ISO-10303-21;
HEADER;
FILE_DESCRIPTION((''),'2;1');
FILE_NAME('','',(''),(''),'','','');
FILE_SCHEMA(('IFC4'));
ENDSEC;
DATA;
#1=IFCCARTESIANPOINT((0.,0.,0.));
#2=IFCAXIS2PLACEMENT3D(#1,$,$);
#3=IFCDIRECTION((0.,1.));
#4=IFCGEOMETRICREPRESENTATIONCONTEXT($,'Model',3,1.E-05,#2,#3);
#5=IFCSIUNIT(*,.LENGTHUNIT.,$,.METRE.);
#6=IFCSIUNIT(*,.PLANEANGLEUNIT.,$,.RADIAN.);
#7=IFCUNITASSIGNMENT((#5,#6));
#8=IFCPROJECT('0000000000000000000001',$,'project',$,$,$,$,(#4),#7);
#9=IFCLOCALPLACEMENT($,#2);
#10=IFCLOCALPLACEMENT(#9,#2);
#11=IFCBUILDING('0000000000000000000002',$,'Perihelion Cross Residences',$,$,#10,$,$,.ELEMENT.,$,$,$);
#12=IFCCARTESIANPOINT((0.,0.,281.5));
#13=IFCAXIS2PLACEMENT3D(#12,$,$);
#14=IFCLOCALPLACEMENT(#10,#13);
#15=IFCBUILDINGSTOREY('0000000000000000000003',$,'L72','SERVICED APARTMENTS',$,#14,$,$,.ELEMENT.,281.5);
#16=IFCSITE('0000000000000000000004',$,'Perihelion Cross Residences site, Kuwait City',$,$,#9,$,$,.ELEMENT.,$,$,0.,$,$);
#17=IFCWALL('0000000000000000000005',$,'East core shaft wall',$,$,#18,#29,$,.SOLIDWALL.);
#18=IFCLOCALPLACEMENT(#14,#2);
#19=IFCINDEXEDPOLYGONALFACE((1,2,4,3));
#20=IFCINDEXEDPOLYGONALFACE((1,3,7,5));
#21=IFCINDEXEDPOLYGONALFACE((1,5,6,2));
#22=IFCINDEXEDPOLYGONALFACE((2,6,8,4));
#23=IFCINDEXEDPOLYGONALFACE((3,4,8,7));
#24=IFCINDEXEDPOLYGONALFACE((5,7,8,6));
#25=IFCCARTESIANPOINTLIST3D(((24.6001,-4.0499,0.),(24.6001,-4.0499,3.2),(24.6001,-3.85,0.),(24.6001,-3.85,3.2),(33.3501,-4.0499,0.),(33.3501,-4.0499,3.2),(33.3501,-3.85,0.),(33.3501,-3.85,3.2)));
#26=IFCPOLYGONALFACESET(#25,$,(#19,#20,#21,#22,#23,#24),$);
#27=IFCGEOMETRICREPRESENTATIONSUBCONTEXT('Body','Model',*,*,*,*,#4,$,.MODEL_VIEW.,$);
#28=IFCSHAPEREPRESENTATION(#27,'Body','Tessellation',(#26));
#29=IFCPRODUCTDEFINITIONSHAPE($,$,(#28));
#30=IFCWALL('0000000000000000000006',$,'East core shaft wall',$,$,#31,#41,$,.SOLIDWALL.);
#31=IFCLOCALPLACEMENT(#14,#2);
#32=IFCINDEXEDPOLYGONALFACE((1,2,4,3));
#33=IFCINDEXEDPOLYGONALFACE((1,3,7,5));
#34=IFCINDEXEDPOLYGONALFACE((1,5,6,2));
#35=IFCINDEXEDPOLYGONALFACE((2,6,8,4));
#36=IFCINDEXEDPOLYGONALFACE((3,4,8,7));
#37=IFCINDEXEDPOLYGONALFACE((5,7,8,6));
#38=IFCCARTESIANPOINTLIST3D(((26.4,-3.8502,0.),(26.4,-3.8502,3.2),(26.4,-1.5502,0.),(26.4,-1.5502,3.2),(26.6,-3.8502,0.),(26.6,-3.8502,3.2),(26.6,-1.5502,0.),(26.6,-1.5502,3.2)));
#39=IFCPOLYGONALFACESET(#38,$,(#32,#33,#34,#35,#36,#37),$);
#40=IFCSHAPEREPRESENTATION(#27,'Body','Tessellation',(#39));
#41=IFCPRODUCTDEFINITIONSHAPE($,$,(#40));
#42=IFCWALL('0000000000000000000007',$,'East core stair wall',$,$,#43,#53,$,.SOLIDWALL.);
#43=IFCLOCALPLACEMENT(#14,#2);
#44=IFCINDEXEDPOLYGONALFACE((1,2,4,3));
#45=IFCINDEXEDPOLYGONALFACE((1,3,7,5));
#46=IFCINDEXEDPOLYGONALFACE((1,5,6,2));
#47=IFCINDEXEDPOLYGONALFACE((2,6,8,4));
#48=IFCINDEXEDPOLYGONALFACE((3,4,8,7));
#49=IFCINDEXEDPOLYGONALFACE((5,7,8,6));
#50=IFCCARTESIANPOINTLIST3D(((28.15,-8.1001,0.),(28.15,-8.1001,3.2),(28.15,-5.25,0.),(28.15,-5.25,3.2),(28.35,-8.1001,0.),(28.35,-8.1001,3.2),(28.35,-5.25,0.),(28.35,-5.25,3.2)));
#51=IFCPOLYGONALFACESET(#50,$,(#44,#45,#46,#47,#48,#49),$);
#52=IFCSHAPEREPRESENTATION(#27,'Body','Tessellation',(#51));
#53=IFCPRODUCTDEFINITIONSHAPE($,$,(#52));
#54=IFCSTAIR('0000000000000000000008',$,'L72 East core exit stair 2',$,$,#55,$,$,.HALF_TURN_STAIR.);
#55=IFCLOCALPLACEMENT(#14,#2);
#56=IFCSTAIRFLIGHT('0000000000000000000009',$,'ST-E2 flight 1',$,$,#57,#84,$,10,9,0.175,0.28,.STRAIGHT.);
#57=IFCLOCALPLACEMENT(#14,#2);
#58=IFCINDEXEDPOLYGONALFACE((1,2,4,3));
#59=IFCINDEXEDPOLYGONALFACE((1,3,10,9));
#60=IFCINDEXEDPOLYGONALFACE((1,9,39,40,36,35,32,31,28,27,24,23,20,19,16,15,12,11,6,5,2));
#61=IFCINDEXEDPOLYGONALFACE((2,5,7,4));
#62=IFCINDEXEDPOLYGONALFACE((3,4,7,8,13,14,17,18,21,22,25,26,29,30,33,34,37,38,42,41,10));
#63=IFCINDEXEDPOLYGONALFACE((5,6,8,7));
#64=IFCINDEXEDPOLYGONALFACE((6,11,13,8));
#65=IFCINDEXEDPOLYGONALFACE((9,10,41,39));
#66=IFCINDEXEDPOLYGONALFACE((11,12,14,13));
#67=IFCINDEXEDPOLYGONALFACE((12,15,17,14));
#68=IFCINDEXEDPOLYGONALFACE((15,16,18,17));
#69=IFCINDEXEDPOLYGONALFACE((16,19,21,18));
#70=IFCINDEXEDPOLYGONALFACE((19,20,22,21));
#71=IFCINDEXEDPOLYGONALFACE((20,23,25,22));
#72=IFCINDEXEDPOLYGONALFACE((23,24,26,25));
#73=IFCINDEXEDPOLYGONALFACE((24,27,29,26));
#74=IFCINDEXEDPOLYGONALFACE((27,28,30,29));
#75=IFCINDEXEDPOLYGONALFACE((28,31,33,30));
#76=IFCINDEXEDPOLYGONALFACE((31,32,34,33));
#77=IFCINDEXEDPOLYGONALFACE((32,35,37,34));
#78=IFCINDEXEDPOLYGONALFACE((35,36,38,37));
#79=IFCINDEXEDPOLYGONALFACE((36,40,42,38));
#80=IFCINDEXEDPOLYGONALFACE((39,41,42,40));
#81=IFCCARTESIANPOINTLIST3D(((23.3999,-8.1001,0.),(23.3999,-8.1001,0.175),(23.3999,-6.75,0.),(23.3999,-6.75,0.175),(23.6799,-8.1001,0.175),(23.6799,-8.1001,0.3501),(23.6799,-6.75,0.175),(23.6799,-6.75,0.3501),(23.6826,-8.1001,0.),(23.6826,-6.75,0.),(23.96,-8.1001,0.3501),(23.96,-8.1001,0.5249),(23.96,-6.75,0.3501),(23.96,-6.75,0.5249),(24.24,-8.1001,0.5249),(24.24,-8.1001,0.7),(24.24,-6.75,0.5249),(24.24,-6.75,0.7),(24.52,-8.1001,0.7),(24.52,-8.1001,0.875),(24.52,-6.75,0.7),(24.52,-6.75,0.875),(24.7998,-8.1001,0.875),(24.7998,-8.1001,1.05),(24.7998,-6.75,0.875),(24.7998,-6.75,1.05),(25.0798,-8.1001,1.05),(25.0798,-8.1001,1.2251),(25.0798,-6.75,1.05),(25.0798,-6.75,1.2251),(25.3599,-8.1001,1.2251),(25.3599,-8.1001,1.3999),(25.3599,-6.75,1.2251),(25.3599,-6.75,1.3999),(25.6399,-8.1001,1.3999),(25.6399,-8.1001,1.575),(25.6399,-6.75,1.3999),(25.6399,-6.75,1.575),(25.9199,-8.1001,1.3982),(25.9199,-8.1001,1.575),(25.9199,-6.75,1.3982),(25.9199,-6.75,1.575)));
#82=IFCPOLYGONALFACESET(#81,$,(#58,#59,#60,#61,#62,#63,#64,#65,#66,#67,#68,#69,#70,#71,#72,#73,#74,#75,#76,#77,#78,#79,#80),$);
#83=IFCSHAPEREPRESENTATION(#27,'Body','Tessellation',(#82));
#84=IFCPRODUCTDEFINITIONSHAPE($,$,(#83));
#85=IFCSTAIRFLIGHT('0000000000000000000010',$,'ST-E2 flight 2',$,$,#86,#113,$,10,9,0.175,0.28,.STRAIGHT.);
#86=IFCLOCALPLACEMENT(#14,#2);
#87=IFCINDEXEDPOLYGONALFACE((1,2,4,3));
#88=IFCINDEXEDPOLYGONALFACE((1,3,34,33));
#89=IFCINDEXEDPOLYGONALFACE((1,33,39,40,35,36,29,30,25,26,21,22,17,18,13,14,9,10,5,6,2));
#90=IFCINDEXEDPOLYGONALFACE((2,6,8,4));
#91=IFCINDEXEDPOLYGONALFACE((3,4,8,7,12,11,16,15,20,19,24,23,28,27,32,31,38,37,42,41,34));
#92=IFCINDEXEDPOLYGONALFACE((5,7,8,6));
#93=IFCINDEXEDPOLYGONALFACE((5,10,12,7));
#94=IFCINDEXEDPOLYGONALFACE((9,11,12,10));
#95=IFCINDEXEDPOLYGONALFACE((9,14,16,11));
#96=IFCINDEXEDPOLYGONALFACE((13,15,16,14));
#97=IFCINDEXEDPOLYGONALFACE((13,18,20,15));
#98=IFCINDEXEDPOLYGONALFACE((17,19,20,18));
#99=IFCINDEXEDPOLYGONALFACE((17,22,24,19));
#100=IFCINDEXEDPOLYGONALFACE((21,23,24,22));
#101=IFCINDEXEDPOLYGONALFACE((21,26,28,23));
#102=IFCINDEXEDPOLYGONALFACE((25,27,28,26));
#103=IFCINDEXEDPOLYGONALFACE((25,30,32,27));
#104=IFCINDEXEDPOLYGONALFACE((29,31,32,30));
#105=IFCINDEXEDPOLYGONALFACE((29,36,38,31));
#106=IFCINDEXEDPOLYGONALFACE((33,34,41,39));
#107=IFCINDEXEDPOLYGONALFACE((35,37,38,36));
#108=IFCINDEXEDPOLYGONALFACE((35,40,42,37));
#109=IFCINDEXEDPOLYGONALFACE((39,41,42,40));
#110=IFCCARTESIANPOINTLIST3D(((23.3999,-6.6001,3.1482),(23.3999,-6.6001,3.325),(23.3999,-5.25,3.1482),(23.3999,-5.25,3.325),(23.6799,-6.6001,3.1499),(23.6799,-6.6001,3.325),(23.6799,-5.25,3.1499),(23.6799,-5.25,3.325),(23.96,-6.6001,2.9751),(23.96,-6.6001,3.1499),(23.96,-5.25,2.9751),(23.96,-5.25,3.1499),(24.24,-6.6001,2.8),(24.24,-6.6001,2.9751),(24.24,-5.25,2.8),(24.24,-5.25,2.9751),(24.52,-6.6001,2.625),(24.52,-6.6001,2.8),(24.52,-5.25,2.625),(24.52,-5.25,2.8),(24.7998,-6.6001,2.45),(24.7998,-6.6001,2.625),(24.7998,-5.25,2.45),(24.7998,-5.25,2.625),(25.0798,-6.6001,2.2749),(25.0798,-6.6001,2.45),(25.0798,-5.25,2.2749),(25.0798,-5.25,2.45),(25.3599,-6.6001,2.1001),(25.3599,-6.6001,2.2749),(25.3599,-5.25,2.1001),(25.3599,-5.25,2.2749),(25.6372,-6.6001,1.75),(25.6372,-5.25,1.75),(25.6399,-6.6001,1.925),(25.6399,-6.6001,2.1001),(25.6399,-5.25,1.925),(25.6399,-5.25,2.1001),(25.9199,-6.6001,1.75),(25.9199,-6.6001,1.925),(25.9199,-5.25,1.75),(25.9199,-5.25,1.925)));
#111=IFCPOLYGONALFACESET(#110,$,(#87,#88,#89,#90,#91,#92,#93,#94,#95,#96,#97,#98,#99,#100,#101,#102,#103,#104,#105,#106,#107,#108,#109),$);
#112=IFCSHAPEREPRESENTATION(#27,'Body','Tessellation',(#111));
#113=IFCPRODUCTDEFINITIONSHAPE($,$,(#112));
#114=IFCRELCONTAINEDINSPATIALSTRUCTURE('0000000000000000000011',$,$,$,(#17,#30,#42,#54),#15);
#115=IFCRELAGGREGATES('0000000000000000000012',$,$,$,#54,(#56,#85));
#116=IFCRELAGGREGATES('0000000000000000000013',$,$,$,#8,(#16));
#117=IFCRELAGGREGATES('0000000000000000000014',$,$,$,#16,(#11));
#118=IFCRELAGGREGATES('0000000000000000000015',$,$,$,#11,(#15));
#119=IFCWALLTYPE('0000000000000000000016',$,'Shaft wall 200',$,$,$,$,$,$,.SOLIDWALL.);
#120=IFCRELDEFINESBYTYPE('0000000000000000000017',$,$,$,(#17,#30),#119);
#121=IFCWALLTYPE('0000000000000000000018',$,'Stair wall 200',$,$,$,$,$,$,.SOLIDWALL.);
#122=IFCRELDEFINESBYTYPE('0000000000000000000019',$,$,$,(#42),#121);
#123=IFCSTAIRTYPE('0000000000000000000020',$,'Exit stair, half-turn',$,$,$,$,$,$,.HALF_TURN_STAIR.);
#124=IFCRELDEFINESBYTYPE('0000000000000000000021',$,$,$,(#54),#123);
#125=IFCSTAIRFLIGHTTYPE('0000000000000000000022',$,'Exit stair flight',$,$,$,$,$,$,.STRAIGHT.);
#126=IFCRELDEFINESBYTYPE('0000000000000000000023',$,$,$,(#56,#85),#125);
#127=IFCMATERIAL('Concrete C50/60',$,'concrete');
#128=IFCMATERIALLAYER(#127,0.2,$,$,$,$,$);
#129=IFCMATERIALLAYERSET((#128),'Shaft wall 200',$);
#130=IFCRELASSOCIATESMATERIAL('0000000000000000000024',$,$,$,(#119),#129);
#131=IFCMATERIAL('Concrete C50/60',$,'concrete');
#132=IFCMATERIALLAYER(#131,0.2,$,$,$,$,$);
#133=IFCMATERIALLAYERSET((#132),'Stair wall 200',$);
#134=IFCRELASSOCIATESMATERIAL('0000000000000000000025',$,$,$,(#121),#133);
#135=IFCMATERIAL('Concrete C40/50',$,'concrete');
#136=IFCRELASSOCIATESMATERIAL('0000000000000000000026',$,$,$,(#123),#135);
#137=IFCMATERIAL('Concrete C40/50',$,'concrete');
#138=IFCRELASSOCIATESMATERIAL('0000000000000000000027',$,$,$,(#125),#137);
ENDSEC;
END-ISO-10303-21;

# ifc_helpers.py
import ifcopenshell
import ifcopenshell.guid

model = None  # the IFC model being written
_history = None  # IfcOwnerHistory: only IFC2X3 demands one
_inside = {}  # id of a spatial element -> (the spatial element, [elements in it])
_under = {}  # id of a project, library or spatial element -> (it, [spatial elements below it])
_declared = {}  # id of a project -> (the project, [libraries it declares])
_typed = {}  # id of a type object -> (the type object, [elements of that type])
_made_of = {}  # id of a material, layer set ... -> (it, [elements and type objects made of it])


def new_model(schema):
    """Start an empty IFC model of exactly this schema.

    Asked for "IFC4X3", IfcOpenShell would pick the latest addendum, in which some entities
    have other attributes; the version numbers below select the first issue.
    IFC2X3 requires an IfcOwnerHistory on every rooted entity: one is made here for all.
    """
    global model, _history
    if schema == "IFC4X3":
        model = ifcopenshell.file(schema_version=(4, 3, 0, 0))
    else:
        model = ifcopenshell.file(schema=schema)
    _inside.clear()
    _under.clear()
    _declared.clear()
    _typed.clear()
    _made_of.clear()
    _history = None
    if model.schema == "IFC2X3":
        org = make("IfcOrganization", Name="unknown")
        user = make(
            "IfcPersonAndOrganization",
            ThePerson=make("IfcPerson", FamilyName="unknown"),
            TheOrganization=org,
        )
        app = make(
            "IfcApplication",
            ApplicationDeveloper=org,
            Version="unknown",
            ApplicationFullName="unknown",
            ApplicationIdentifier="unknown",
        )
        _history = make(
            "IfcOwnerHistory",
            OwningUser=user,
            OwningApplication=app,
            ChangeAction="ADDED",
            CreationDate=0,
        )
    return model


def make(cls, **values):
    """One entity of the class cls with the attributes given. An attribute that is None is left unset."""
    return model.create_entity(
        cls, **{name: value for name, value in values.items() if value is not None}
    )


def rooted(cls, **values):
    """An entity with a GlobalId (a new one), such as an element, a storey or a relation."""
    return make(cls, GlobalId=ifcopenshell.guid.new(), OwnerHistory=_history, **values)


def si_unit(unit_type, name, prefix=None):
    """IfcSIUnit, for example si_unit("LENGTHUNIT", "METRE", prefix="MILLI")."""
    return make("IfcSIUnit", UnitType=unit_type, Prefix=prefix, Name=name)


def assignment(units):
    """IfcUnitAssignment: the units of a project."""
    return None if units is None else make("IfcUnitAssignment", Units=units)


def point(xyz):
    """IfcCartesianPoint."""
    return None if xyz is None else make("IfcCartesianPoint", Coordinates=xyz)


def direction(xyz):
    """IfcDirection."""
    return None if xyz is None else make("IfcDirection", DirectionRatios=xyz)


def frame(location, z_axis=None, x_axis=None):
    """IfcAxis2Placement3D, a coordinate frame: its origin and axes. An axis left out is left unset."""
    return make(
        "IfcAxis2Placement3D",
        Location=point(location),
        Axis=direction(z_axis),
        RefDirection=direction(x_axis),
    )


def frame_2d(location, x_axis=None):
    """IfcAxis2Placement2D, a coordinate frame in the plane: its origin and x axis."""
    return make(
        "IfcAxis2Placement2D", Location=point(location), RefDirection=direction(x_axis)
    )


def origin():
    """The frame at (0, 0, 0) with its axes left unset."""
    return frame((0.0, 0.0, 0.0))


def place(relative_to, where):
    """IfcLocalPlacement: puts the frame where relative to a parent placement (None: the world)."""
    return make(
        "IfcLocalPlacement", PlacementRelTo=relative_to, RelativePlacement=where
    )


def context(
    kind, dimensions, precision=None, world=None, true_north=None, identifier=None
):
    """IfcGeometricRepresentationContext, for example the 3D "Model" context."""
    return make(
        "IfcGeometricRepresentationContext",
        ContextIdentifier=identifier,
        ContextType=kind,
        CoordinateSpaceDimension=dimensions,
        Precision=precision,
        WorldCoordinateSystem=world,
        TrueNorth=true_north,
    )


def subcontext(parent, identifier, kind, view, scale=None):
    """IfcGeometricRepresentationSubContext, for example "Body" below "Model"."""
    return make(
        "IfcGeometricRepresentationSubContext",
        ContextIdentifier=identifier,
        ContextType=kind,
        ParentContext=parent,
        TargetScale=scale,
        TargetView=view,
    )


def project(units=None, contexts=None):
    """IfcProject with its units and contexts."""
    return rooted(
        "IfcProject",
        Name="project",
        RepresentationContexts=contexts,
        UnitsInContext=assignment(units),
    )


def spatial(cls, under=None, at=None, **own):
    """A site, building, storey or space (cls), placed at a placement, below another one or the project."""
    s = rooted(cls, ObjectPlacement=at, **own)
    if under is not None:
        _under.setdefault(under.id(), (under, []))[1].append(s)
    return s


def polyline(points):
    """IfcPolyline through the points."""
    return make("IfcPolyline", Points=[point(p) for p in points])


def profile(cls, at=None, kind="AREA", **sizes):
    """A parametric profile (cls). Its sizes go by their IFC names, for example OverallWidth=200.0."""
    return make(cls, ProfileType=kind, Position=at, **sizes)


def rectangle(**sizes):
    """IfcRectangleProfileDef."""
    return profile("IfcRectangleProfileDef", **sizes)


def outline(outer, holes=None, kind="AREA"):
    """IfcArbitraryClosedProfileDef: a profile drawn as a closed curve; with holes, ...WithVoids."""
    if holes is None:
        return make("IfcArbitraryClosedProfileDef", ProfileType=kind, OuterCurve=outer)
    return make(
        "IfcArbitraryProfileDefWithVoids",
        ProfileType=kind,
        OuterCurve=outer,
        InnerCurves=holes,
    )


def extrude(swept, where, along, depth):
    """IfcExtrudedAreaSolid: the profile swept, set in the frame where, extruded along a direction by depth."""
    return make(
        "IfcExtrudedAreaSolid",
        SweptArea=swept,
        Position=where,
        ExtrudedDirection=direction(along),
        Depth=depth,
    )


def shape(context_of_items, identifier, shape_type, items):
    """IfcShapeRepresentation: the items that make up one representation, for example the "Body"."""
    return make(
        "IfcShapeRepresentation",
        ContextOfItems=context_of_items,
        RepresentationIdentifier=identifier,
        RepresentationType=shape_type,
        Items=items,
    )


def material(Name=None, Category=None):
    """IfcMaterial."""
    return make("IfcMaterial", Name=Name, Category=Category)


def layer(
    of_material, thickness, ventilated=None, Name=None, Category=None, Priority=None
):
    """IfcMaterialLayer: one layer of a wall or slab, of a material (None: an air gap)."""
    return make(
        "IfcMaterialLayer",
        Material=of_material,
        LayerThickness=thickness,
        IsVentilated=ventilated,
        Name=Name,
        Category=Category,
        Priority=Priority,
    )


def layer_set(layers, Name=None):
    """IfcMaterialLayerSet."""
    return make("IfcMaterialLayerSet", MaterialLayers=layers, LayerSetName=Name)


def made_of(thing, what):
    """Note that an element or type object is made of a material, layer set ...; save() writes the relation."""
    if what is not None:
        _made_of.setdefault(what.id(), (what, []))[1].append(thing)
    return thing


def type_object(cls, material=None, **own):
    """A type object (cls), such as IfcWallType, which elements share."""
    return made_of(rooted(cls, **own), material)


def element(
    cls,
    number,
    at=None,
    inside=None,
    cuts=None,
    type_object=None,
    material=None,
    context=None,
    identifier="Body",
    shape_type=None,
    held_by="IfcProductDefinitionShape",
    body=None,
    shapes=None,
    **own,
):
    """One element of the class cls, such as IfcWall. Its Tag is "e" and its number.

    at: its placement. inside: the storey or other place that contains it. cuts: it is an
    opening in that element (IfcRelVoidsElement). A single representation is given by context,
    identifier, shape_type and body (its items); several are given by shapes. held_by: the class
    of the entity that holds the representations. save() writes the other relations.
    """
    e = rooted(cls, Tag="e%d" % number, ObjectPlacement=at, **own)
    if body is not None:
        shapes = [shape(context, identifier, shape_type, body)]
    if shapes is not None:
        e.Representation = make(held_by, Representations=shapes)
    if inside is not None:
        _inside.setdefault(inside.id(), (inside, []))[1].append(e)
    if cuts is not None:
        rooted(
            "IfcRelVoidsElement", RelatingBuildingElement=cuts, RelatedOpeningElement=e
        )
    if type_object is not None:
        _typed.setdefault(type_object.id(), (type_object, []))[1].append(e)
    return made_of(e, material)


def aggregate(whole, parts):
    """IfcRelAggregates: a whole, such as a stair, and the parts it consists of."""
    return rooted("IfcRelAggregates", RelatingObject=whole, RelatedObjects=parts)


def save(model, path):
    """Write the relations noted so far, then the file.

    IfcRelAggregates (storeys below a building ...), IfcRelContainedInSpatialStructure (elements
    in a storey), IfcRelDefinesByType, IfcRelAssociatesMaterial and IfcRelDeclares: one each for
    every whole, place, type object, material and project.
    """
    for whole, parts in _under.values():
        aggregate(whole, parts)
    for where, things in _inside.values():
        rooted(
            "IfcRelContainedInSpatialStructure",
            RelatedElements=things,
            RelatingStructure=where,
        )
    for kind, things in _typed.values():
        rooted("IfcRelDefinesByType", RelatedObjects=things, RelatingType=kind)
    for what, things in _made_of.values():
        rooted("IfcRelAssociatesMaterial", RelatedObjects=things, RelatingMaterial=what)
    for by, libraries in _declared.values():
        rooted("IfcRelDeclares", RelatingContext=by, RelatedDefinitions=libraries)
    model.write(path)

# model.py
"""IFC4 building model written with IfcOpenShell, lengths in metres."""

from ifc_helpers import new_model, si_unit, direction, frame, frame_2d, origin, place, context, subcontext, project, spatial, polyline, rectangle, outline, extrude, material, layer, layer_set, type_object, element, aggregate, save


model = new_model("IFC4")

# Units and contexts
model_context = context("Model", 3, precision=1e-05, world=origin(), true_north=direction((0.0, 1.0)))
body_context = subcontext(model_context, "Body", "Model", "MODEL_VIEW")
ifc_project = project(units=[si_unit("LENGTHUNIT", "METRE"), si_unit("PLANEANGLEUNIT", "RADIAN")], contexts=[model_context])

# Site, building, storey
site_placement = place(None, origin())
site = spatial("IfcSite", under=ifc_project, at=site_placement, Name="Perihelion Cross Residences site, Kuwait City", CompositionType="ELEMENT", RefElevation=0.0)
building_placement = place(site_placement, origin())
building = spatial("IfcBuilding", under=site, at=building_placement, Name="Perihelion Cross Residences", CompositionType="ELEMENT")
storey_placement = place(building_placement, frame((0.0, 0.0, 281.5)))
storey = spatial("IfcBuildingStorey", under=building, at=storey_placement, Name="L72", Description="SERVICED APARTMENTS", CompositionType="ELEMENT", Elevation=281.5)

# Walls
ifc_material_1 = material(Name="Concrete C50/60", Category="concrete")
ifc_layer_1 = layer(ifc_material_1, 0.2)
ifc_layer_set_1 = layer_set([ifc_layer_1], Name="Shaft wall 200")
wall_type_1 = type_object("IfcWallType", Name="Shaft wall 200", PredefinedType="SOLIDWALL", material=ifc_layer_set_1)
wall_1_placement = place(storey_placement, frame((24.6001, -3.95, 0.0), z_axis=(0.0, 0.0, 1.0), x_axis=(1.0, 0.0, 0.0)))
element("IfcWall", 1, at=wall_1_placement, inside=storey, type_object=wall_type_1, Name="East core shaft wall", PredefinedType="SOLIDWALL", context=body_context, shape_type="SweptSolid", body=[
    extrude(rectangle(XDim=8.75, YDim=0.2, at=frame_2d((4.375, 0.0))), origin(), (0.0, 0.0, 1.0), 3.2),
])
wall_2_placement = place(storey_placement, frame((26.5, -3.8501, 0.0), z_axis=(0.0, 0.0, 1.0), x_axis=(0.0, 1.0, 0.0)))
element("IfcWall", 2, at=wall_2_placement, inside=storey, type_object=wall_type_1, Name="East core shaft wall", PredefinedType="SOLIDWALL", context=body_context, shape_type="SweptSolid", body=[
    extrude(rectangle(XDim=2.3, YDim=0.2, at=frame_2d((1.1499, 0.0))), origin(), (0.0, 0.0, 1.0), 3.2),
])
ifc_material_2 = material(Name="Concrete C50/60", Category="concrete")
ifc_layer_2 = layer(ifc_material_2, 0.2)
ifc_layer_set_2 = layer_set([ifc_layer_2], Name="Stair wall 200")
wall_type_2 = type_object("IfcWallType", Name="Stair wall 200", PredefinedType="SOLIDWALL", material=ifc_layer_set_2)
wall_3_placement = place(storey_placement, frame((28.25, -8.1001, 0.0), z_axis=(0.0, 0.0, 1.0), x_axis=(0.0, 1.0, 0.0)))
element("IfcWall", 3, at=wall_3_placement, inside=storey, type_object=wall_type_2, Name="East core stair wall", PredefinedType="SOLIDWALL", context=body_context, shape_type="SweptSolid", body=[
    extrude(rectangle(XDim=2.8501, YDim=0.2, at=frame_2d((1.425, 0.0))), origin(), (0.0, 0.0, 1.0), 3.2),
])

# Stair, stair flights
ifc_material_3 = material(Name="Concrete C40/50", Category="concrete")
stair_type = type_object("IfcStairType", Name="Exit stair, half-turn", PredefinedType="HALF_TURN_STAIR", material=ifc_material_3)
stair_placement = place(storey_placement, origin())
stair = element("IfcStair", 4, at=stair_placement, inside=storey, type_object=stair_type, Name="L72 East core exit stair 2", PredefinedType="HALF_TURN_STAIR")
ifc_material_4 = material(Name="Concrete C40/50", Category="concrete")
stair_flight_type = type_object("IfcStairFlightType", Name="Exit stair flight", PredefinedType="STRAIGHT", material=ifc_material_4)
stair_flight_1_placement = place(storey_placement, frame((23.3999, -7.425, 0.0), z_axis=(0.0, 0.0, 1.0), x_axis=(1.0, 0.0, 0.0)))
stair_flight_1 = element("IfcStairFlight", 5, at=stair_flight_1_placement, type_object=stair_flight_type, Name="ST-E2 flight 1", NumberOfRisers=10, NumberOfTreads=9, PredefinedType="STRAIGHT", RiserHeight=0.175, TreadLength=0.28, context=body_context, shape_type="SweptSolid", body=[
    extrude(outline(polyline([(0.0, 0.0), (0.0, 0.175), (0.28, 0.175), (0.28, 0.3501), (0.5601, 0.3501), (0.5601, 0.5249), (0.8401, 0.5249), (0.8401, 0.7), (1.1201, 0.7), (1.1201, 0.875), (1.3999, 0.875), (1.3999, 1.05), (1.6799, 1.05), (1.6799, 1.2251), (1.96, 1.2251), (1.96, 1.3999), (2.24, 1.3999), (2.24, 1.575), (2.52, 1.575), (2.52, 1.75), (2.52, 1.3982), (0.2827, 0.0), (0.0, 0.0)])), frame((0.0, 0.675, 0.0), z_axis=(0.0, -1.0, 0.0), x_axis=(1.0, 0.0, 0.0)), (0.0, 0.0, 1.0), 1.3501),
])
stair_flight_2_placement = place(storey_placement, frame((25.9199, -5.925, 1.75), z_axis=(0.0, 0.0, 1.0), x_axis=(-1.0, 0.0, 0.0)))
stair_flight_2 = element("IfcStairFlight", 6, at=stair_flight_2_placement, type_object=stair_flight_type, Name="ST-E2 flight 2", NumberOfRisers=10, NumberOfTreads=9, PredefinedType="STRAIGHT", RiserHeight=0.175, TreadLength=0.28, context=body_context, shape_type="SweptSolid", body=[
    extrude(outline(polyline([(0.0, 0.0), (0.0, 0.175), (0.28, 0.175), (0.28, 0.3501), (0.5601, 0.3501), (0.5601, 0.5249), (0.8401, 0.5249), (0.8401, 0.7), (1.1201, 0.7), (1.1201, 0.875), (1.3999, 0.875), (1.3999, 1.05), (1.6799, 1.05), (1.6799, 1.2251), (1.96, 1.2251), (1.96, 1.3999), (2.24, 1.3999), (2.24, 1.575), (2.52, 1.575), (2.52, 1.75), (2.52, 1.3982), (0.2827, 0.0), (0.0, 0.0)])), frame((0.0, 0.675, 0.0), z_axis=(0.0, -1.0, 0.0), x_axis=(1.0, 0.0, 0.0)), (0.0, 0.0, 1.0), 1.3501),
])
aggregate(stair, [stair_flight_1, stair_flight_2])

save(model, "model.ifc")
